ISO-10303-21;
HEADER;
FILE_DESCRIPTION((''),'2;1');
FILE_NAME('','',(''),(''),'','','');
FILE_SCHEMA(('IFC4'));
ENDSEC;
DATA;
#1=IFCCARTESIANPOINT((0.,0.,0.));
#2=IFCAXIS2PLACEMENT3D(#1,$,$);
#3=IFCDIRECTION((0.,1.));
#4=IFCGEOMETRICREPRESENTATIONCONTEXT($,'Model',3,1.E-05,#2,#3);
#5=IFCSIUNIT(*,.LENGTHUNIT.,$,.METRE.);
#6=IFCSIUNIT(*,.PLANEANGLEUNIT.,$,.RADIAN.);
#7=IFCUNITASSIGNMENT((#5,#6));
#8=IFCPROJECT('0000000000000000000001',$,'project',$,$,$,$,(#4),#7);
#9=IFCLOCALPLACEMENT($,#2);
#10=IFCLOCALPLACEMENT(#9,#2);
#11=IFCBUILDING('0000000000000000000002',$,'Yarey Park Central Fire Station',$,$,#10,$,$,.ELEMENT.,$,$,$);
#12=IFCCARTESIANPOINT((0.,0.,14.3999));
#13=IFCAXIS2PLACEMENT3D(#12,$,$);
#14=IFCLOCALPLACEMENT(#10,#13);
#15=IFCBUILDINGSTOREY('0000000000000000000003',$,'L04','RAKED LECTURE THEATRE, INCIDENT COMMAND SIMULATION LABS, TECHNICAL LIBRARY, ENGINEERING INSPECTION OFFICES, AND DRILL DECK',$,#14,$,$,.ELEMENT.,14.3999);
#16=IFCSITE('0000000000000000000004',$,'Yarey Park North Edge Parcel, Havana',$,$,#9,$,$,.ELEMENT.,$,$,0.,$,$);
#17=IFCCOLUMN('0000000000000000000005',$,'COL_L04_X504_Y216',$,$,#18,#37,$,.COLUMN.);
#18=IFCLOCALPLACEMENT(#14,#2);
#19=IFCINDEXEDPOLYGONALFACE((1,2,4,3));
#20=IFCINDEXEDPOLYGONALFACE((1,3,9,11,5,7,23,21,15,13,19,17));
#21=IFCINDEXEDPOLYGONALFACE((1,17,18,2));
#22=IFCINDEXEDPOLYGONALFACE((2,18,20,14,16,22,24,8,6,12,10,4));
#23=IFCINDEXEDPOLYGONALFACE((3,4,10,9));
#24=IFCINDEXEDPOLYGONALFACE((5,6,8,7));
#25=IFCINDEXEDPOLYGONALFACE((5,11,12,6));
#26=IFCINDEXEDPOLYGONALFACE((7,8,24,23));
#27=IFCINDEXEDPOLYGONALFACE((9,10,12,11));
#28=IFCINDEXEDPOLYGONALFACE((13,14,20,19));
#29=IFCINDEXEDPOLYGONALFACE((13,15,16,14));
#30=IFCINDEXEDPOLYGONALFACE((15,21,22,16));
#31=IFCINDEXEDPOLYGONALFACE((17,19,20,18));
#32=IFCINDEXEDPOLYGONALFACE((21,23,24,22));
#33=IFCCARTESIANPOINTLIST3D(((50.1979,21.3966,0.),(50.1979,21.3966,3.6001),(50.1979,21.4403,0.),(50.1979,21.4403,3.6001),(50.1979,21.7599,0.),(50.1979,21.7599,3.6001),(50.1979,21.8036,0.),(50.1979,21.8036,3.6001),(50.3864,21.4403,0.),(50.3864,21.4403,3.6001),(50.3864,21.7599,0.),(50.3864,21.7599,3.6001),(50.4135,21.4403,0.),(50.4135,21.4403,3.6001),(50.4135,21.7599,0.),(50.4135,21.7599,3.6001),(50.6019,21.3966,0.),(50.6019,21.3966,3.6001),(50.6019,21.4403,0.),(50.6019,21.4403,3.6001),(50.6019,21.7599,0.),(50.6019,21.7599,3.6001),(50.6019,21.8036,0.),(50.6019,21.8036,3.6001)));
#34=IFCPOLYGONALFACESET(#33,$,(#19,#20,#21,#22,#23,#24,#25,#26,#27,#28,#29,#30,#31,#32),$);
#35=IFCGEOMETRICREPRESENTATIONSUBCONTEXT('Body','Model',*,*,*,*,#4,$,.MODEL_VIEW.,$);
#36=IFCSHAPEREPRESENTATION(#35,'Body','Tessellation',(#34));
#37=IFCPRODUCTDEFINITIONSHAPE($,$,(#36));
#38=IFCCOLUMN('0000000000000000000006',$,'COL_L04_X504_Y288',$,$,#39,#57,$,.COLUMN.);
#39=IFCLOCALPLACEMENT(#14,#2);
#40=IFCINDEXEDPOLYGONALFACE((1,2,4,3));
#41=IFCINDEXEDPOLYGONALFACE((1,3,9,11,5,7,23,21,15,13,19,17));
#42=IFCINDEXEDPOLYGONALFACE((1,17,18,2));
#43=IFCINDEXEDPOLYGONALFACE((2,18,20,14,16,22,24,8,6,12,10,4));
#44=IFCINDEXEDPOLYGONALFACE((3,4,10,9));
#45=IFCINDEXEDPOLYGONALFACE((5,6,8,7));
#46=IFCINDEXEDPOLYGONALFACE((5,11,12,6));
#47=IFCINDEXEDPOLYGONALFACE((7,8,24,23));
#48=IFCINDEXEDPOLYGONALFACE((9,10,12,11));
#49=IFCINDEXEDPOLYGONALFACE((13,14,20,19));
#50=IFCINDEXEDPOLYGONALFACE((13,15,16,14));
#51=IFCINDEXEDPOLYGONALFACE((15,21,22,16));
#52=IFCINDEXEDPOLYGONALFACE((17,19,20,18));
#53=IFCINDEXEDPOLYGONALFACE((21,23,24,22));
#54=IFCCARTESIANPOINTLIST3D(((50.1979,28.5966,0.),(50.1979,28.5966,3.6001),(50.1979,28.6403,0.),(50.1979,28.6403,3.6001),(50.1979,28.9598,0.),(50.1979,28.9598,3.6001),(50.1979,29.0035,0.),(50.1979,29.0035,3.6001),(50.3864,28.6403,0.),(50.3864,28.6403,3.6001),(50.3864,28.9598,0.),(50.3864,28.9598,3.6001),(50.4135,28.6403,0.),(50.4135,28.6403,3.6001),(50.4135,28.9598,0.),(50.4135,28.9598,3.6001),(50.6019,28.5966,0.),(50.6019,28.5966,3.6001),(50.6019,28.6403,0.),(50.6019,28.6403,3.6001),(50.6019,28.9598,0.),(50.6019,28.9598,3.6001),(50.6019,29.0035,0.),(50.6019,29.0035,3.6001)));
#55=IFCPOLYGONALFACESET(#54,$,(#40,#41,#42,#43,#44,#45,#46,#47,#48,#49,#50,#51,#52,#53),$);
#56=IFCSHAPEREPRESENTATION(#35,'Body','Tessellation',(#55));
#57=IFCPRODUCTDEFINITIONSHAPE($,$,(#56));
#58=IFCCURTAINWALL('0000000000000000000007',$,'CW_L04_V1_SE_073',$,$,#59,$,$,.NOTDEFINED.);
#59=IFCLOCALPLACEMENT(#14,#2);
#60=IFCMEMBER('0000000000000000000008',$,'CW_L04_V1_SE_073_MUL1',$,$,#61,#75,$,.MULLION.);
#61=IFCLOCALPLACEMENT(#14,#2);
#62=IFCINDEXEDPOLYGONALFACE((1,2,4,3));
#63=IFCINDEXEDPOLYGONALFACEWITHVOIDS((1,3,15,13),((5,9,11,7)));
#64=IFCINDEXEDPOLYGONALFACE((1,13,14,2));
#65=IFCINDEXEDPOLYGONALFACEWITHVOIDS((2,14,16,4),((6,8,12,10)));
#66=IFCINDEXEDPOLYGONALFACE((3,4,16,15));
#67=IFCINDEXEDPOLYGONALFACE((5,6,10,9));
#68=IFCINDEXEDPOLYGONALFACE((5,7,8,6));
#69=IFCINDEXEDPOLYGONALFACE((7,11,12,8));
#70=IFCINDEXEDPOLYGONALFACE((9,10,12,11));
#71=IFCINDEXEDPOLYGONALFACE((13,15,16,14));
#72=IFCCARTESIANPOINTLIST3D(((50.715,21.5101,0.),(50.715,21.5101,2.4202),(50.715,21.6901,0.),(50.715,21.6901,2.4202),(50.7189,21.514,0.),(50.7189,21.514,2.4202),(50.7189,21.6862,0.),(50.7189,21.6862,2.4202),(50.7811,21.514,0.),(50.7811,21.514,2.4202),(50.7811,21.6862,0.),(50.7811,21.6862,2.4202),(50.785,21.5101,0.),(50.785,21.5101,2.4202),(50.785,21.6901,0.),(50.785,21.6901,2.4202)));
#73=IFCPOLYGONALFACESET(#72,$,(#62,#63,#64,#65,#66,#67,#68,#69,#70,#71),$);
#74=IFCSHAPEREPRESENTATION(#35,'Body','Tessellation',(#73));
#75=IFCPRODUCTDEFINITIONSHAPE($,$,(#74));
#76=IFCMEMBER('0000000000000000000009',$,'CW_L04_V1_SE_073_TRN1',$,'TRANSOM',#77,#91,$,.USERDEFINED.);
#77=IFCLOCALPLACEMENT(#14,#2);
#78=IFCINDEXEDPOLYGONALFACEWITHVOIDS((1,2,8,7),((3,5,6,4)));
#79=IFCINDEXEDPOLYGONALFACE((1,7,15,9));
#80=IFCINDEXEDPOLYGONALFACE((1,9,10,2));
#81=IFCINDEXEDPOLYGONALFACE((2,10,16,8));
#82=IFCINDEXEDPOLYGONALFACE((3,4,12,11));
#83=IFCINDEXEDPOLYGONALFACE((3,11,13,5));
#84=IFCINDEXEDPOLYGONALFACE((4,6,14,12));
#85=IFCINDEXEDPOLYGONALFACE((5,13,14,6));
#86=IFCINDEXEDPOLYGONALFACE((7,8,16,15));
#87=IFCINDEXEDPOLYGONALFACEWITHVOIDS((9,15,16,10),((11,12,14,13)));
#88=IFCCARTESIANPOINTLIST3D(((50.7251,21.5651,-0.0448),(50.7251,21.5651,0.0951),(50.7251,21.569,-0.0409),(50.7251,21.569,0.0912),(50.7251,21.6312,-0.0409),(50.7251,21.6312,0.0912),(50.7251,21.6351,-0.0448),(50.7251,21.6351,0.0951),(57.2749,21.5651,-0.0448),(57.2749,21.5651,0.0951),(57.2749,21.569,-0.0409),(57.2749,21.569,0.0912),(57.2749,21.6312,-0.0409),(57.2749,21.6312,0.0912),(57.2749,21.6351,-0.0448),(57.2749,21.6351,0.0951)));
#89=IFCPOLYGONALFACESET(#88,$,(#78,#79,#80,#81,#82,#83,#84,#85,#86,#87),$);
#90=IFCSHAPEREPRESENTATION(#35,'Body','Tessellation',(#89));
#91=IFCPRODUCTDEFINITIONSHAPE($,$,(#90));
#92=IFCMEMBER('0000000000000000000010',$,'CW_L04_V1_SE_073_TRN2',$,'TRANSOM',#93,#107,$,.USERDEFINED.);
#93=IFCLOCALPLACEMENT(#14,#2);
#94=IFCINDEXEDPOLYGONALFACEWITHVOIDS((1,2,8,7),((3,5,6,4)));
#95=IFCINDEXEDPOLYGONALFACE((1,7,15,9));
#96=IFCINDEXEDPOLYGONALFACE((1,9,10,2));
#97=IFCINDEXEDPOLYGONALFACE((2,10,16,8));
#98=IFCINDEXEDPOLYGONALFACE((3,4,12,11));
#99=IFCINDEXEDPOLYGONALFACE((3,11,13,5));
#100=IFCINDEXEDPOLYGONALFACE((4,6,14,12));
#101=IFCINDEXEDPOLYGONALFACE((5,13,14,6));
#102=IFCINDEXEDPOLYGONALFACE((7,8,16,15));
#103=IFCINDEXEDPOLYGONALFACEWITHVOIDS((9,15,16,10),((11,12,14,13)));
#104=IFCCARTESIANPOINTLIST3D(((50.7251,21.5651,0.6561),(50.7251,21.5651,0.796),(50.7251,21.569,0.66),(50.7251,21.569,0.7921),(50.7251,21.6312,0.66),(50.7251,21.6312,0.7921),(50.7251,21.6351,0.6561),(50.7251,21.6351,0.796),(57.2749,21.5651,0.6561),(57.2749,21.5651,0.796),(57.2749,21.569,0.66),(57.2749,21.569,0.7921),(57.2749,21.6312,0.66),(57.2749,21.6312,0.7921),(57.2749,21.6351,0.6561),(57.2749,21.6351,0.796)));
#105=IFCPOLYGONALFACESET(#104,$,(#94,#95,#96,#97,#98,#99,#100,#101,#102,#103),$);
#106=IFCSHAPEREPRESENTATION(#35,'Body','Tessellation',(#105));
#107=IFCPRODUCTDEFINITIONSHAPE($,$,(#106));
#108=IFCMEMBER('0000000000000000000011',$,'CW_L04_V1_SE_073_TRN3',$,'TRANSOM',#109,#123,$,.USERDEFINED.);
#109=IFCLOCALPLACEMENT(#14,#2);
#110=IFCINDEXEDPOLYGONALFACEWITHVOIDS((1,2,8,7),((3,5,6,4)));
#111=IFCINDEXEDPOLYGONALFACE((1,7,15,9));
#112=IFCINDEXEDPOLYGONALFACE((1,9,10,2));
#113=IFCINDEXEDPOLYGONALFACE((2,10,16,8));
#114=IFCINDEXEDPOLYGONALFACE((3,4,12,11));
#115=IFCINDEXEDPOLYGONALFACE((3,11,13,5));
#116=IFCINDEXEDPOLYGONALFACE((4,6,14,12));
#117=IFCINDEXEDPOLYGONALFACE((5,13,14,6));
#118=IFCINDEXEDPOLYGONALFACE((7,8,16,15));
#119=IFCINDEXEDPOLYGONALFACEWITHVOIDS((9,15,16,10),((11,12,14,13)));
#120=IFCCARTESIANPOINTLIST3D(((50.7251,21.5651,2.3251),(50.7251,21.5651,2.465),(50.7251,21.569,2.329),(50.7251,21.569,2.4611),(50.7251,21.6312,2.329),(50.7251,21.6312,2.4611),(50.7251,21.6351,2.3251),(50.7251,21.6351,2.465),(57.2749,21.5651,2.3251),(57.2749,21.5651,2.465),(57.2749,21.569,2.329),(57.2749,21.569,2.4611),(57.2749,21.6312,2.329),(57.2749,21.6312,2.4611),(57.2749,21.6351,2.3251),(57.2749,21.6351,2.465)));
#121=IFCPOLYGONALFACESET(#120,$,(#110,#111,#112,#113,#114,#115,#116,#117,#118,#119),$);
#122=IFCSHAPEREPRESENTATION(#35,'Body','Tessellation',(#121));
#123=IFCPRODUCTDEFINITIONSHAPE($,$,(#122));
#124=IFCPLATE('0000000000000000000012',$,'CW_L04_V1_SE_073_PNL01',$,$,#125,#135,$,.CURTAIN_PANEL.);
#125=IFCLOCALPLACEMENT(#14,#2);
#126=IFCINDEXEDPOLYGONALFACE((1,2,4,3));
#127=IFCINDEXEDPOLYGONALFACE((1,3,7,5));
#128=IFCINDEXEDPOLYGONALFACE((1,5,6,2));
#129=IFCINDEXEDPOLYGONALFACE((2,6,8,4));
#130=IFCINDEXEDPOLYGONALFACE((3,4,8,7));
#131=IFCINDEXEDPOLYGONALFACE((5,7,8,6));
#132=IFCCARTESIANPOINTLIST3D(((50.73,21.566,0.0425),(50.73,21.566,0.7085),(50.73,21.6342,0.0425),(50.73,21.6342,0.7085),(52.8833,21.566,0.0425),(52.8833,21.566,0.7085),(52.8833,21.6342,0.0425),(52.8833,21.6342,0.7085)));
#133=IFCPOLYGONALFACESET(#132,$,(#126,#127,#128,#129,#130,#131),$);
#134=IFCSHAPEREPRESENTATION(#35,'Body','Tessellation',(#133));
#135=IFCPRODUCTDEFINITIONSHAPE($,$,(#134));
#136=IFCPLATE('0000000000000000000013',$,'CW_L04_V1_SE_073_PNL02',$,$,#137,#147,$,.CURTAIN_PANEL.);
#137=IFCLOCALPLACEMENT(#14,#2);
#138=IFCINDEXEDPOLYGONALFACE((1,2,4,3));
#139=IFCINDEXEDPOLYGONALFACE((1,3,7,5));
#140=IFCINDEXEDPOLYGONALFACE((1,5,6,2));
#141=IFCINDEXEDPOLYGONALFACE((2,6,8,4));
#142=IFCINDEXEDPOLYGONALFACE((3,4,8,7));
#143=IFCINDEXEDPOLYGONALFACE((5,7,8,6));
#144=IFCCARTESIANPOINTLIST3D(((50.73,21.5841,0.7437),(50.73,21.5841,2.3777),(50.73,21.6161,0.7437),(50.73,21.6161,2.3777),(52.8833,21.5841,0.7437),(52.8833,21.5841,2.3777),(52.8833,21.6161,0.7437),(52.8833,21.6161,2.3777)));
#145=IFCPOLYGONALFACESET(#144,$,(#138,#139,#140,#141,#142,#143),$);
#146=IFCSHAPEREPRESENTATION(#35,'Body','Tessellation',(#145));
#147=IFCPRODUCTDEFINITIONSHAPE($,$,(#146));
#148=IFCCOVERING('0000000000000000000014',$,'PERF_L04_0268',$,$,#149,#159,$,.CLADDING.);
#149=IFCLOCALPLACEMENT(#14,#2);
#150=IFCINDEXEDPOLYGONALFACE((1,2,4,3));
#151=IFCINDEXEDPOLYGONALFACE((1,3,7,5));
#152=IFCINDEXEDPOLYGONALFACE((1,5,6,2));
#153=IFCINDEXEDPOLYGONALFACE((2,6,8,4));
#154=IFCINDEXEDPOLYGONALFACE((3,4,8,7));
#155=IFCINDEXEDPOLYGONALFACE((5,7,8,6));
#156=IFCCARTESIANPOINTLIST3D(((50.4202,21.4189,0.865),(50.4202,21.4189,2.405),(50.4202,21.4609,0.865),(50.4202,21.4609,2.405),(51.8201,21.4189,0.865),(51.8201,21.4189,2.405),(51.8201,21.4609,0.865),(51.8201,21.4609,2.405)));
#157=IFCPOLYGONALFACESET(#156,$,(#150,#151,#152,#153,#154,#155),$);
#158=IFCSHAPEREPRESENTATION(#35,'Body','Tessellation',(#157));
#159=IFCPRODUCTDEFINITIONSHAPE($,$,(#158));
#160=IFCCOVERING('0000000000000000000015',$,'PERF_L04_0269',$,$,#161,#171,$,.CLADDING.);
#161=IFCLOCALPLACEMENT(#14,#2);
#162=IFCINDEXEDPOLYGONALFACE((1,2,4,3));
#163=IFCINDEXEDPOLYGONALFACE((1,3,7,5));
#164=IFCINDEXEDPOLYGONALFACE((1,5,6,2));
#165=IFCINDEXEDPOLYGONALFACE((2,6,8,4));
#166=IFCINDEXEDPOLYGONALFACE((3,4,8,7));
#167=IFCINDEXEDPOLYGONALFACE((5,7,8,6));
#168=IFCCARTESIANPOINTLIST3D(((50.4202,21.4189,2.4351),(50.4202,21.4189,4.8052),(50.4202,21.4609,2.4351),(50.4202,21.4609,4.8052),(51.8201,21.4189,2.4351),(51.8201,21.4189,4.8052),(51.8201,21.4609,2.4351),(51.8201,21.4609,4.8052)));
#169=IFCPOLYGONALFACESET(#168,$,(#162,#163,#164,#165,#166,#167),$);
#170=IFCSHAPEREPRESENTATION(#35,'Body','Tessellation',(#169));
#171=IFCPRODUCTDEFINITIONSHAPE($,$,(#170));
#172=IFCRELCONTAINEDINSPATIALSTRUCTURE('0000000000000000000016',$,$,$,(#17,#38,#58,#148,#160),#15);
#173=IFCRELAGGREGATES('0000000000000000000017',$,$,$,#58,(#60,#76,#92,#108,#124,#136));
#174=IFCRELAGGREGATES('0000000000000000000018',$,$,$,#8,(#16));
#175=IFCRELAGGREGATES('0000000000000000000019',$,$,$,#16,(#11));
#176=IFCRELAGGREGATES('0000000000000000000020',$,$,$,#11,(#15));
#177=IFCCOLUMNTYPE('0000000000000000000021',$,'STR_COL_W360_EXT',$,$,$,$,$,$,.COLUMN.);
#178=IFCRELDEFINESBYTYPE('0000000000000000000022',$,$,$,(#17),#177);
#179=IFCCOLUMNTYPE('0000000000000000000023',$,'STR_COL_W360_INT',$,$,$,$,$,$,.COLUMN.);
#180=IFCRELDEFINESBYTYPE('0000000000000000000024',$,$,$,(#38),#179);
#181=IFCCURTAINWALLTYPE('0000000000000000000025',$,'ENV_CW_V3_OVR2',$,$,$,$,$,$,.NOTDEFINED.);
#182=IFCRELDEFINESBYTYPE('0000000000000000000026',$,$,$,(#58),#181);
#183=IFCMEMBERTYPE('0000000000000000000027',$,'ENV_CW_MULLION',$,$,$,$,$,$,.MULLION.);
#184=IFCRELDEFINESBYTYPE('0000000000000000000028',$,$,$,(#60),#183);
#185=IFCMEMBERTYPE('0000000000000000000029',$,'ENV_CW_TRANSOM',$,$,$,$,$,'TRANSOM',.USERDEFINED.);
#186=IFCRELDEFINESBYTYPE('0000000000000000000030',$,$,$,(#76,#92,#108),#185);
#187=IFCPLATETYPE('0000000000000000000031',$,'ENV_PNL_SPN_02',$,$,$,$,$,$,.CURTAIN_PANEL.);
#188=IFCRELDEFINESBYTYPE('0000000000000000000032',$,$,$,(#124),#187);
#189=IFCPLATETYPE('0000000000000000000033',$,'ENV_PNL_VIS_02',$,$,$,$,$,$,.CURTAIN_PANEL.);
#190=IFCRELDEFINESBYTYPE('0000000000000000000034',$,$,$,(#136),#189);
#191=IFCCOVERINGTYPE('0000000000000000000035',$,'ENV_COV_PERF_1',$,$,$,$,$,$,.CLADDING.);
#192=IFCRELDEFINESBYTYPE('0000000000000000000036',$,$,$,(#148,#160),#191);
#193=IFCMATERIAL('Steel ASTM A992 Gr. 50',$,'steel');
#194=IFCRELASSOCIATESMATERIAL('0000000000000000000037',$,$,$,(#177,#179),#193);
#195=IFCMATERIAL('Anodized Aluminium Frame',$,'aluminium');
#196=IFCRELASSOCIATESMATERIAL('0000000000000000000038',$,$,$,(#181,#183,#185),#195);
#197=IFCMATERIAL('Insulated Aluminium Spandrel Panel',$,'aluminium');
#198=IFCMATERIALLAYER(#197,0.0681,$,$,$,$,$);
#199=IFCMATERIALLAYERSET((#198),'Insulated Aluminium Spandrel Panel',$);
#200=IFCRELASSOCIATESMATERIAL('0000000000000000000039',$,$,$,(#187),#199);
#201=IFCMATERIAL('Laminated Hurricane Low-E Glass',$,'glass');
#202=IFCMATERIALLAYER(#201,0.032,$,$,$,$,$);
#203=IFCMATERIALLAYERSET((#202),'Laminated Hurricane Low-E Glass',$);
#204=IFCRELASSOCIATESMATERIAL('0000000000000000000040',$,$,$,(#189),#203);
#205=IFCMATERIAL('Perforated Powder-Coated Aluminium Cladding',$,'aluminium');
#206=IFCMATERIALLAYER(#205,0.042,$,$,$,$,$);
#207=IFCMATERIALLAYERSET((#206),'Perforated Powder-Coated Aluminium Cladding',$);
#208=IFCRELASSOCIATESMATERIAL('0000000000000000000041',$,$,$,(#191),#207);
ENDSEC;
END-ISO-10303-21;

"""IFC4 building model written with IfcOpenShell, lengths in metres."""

from ifc_helpers import new_model, si_unit, direction, frame, origin, origin_2d, place, context, subcontext, project, spatial, rectangle, hollow_rectangle, i_section, extrude, material, layer, layer_set, material_profile, profile_set, type_object, element, aggregate, save


model = new_model("IFC4")

# Units and contexts
model_context = context("Model", 3, precision=1e-05, world=origin(), true_north=direction((0.0, 1.0)))
body_context = subcontext(model_context, "Body", "Model", "MODEL_VIEW")
ifc_project = project(units=[si_unit("LENGTHUNIT", "METRE"), si_unit("PLANEANGLEUNIT", "RADIAN")], contexts=[model_context])

# Site, building, storey
site_placement = place(None, origin())
site = spatial("IfcSite", under=ifc_project, at=site_placement, Name="Yarey Park North Edge Parcel, Havana", CompositionType="ELEMENT", RefElevation=0.0)
building_placement = place(site_placement, origin())
building = spatial("IfcBuilding", under=site, at=building_placement, Name="Yarey Park Central Fire Station", CompositionType="ELEMENT")
storey_placement = place(building_placement, frame((0.0, 0.0, 14.3999)))
storey = spatial("IfcBuildingStorey", under=building, at=storey_placement, Name="L04", Description="RAKED LECTURE THEATRE, INCIDENT COMMAND SIMULATION LABS, TECHNICAL LIBRARY, ENGINEERING INSPECTION OFFICES, AND DRILL DECK", CompositionType="ELEMENT", Elevation=14.3999)

# Columns
ifc_material_1 = material(Name="Steel ASTM A992 Gr. 50", Category="steel")
ifc_material_profile_1 = material_profile(ifc_material_1, i_section(OverallWidth=0.4041, OverallDepth=0.407, WebThickness=0.0271, FlangeThickness=0.0437, at=origin_2d()), Name="W360x347")
ifc_profile_set_1 = profile_set([ifc_material_profile_1], Name="Steel ASTM A992 Gr. 50")
column_type_1 = type_object("IfcColumnType", Name="STR_COL_W360_EXT", PredefinedType="COLUMN", material=ifc_profile_set_1)
column_1_placement = place(storey_placement, frame((50.3999, 21.6001, 0.0), z_axis=(0.0, 0.0, 1.0), x_axis=(1.0, 0.0, 0.0)))
element("IfcColumn", 1, at=column_1_placement, inside=storey, type_object=column_type_1, Name="COL_L04_X504_Y216", PredefinedType="COLUMN", context=body_context, shape_type="SweptSolid", body=[
    extrude(i_section(OverallWidth=0.4041, OverallDepth=0.407, WebThickness=0.0271, FlangeThickness=0.0437, at=origin_2d()), origin(), (0.0, 0.0, 1.0), 3.6001),
])
ifc_material_profile_2 = material_profile(ifc_material_1, i_section(OverallWidth=0.4041, OverallDepth=0.407, WebThickness=0.0271, FlangeThickness=0.0437, at=origin_2d()), Name="W360x347")
ifc_profile_set_2 = profile_set([ifc_material_profile_2], Name="Steel ASTM A992 Gr. 50")
column_type_2 = type_object("IfcColumnType", Name="STR_COL_W360_INT", PredefinedType="COLUMN", material=ifc_profile_set_2)
column_2_placement = place(storey_placement, frame((50.3999, 28.8, 0.0), z_axis=(0.0, 0.0, 1.0), x_axis=(1.0, 0.0, 0.0)))
element("IfcColumn", 2, at=column_2_placement, inside=storey, type_object=column_type_2, Name="COL_L04_X504_Y288", PredefinedType="COLUMN", context=body_context, shape_type="SweptSolid", body=[
    extrude(i_section(OverallWidth=0.4041, OverallDepth=0.407, WebThickness=0.0271, FlangeThickness=0.0437, at=origin_2d()), origin(), (0.0, 0.0, 1.0), 3.6001),
])

# Curtain wall, members, plates
ifc_material_2 = material(Name="Anodized Aluminium Frame", Category="aluminium")
curtain_wall_type = type_object("IfcCurtainWallType", Name="ENV_CW_V3_OVR2", PredefinedType="NOTDEFINED", material=ifc_material_2)
curtain_wall_placement = place(storey_placement, origin())
curtain_wall = element("IfcCurtainWall", 3, at=curtain_wall_placement, inside=storey, type_object=curtain_wall_type, Name="CW_L04_V1_SE_073", PredefinedType="NOTDEFINED")
ifc_material_profile_3 = material_profile(ifc_material_2, hollow_rectangle(XDim=0.0701, YDim=0.1799, WallThickness=0.0039, at=origin_2d()), Name="ALU 180x70x4")
ifc_profile_set_3 = profile_set([ifc_material_profile_3], Name="Anodized Aluminium Frame")
member_type_1 = type_object("IfcMemberType", Name="ENV_CW_MULLION", PredefinedType="MULLION", material=ifc_profile_set_3)
member_1_placement = place(storey_placement, frame((50.75, 21.6001, 0.0), z_axis=(0.0, 0.0, 1.0), x_axis=(1.0, 0.0, 0.0)))
member_1 = element("IfcMember", 4, at=member_1_placement, type_object=member_type_1, Name="CW_L04_V1_SE_073_MUL1", PredefinedType="MULLION", context=body_context, shape_type="SweptSolid", body=[
    extrude(hollow_rectangle(XDim=0.0701, YDim=0.1799, WallThickness=0.0039, at=origin_2d()), origin(), (0.0, 0.0, 1.0), 2.4202),
])
ifc_material_profile_4 = material_profile(ifc_material_2, hollow_rectangle(XDim=0.0701, YDim=0.1399, WallThickness=0.0039, at=origin_2d()), Name="ALU 140x70x4")
ifc_profile_set_4 = profile_set([ifc_material_profile_4], Name="Anodized Aluminium Frame")
member_type_2 = type_object("IfcMemberType", Name="ENV_CW_TRANSOM", ElementType="TRANSOM", PredefinedType="USERDEFINED", material=ifc_profile_set_4)
member_2_placement = place(storey_placement, frame((50.7251, 21.6001, 0.0251), z_axis=(1.0, 0.0, 0.0), x_axis=(0.0, 1.0, 0.0)))
member_2 = element("IfcMember", 5, at=member_2_placement, type_object=member_type_2, Name="CW_L04_V1_SE_073_TRN1", ObjectType="TRANSOM", PredefinedType="USERDEFINED", context=body_context, shape_type="SweptSolid", body=[
    extrude(hollow_rectangle(XDim=0.0701, YDim=0.1399, WallThickness=0.0039, at=origin_2d()), origin(), (0.0, 0.0, 1.0), 6.5498),
])
member_3_placement = place(storey_placement, frame((50.7251, 21.6001, 0.7261), z_axis=(1.0, 0.0, 0.0), x_axis=(0.0, 1.0, 0.0)))
member_3 = element("IfcMember", 6, at=member_3_placement, type_object=member_type_2, Name="CW_L04_V1_SE_073_TRN2", ObjectType="TRANSOM", PredefinedType="USERDEFINED", context=body_context, shape_type="SweptSolid", body=[
    extrude(hollow_rectangle(XDim=0.0701, YDim=0.1399, WallThickness=0.0039, at=origin_2d()), origin(), (0.0, 0.0, 1.0), 6.5498),
])
member_4_placement = place(storey_placement, frame((50.7251, 21.6001, 2.395), z_axis=(1.0, 0.0, 0.0), x_axis=(0.0, 1.0, 0.0)))
member_4 = element("IfcMember", 7, at=member_4_placement, type_object=member_type_2, Name="CW_L04_V1_SE_073_TRN3", ObjectType="TRANSOM", PredefinedType="USERDEFINED", context=body_context, shape_type="SweptSolid", body=[
    extrude(hollow_rectangle(XDim=0.0701, YDim=0.1399, WallThickness=0.0039, at=origin_2d()), origin(), (0.0, 0.0, 1.0), 6.5498),
])
ifc_material_3 = material(Name="Insulated Aluminium Spandrel Panel", Category="aluminium")
ifc_layer_1 = layer(ifc_material_3, 0.0681)
ifc_layer_set_1 = layer_set([ifc_layer_1], Name="Insulated Aluminium Spandrel Panel")
plate_type_1 = type_object("IfcPlateType", Name="ENV_PNL_SPN_02", PredefinedType="CURTAIN_PANEL", material=ifc_layer_set_1)
plate_1_placement = place(storey_placement, frame((51.8066, 21.6001, 0.0425), z_axis=(0.0, 0.0, 1.0), x_axis=(1.0, 0.0, 0.0)))
plate_1 = element("IfcPlate", 8, at=plate_1_placement, type_object=plate_type_1, Name="CW_L04_V1_SE_073_PNL01", PredefinedType="CURTAIN_PANEL", context=body_context, shape_type="SweptSolid", body=[
    extrude(rectangle(XDim=2.1533, YDim=0.0681, at=origin_2d()), origin(), (0.0, 0.0, 1.0), 0.666),
])
ifc_material_4 = material(Name="Laminated Hurricane Low-E Glass", Category="glass")
ifc_layer_2 = layer(ifc_material_4, 0.032)
ifc_layer_set_2 = layer_set([ifc_layer_2], Name="Laminated Hurricane Low-E Glass")
plate_type_2 = type_object("IfcPlateType", Name="ENV_PNL_VIS_02", PredefinedType="CURTAIN_PANEL", material=ifc_layer_set_2)
plate_2_placement = place(storey_placement, frame((51.8066, 21.6001, 0.7437), z_axis=(0.0, 0.0, 1.0), x_axis=(1.0, 0.0, 0.0)))
plate_2 = element("IfcPlate", 9, at=plate_2_placement, type_object=plate_type_2, Name="CW_L04_V1_SE_073_PNL02", PredefinedType="CURTAIN_PANEL", context=body_context, shape_type="SweptSolid", body=[
    extrude(rectangle(XDim=2.1533, YDim=0.032, at=origin_2d()), origin(), (0.0, 0.0, 1.0), 1.634),
])
aggregate(curtain_wall, [member_1, member_2, member_3, member_4, plate_1, plate_2])

# Coverings
ifc_material_5 = material(Name="Perforated Powder-Coated Aluminium Cladding", Category="aluminium")
ifc_layer_3 = layer(ifc_material_5, 0.042)
ifc_layer_set_3 = layer_set([ifc_layer_3], Name="Perforated Powder-Coated Aluminium Cladding")
covering_type = type_object("IfcCoveringType", Name="ENV_COV_PERF_1", PredefinedType="CLADDING", material=ifc_layer_set_3)
covering_1_placement = place(storey_placement, frame((51.1201, 21.4399, 0.865), z_axis=(0.0, 0.0, 1.0), x_axis=(1.0, 0.0, 0.0)))
element("IfcCovering", 10, at=covering_1_placement, inside=storey, type_object=covering_type, Name="PERF_L04_0268", PredefinedType="CLADDING", context=body_context, shape_type="SweptSolid", body=[
    extrude(rectangle(XDim=1.3999, YDim=0.042, at=origin_2d()), origin(), (0.0, 0.0, 1.0), 1.54),
])
covering_2_placement = place(storey_placement, frame((51.1201, 21.4399, 2.4351), z_axis=(0.0, 0.0, 1.0), x_axis=(1.0, 0.0, 0.0)))
element("IfcCovering", 11, at=covering_2_placement, inside=storey, type_object=covering_type, Name="PERF_L04_0269", PredefinedType="CLADDING", context=body_context, shape_type="SweptSolid", body=[
    extrude(rectangle(XDim=1.3999, YDim=0.042, at=origin_2d()), origin(), (0.0, 0.0, 1.0), 2.3701),
])

save(model, "model.ifc")
